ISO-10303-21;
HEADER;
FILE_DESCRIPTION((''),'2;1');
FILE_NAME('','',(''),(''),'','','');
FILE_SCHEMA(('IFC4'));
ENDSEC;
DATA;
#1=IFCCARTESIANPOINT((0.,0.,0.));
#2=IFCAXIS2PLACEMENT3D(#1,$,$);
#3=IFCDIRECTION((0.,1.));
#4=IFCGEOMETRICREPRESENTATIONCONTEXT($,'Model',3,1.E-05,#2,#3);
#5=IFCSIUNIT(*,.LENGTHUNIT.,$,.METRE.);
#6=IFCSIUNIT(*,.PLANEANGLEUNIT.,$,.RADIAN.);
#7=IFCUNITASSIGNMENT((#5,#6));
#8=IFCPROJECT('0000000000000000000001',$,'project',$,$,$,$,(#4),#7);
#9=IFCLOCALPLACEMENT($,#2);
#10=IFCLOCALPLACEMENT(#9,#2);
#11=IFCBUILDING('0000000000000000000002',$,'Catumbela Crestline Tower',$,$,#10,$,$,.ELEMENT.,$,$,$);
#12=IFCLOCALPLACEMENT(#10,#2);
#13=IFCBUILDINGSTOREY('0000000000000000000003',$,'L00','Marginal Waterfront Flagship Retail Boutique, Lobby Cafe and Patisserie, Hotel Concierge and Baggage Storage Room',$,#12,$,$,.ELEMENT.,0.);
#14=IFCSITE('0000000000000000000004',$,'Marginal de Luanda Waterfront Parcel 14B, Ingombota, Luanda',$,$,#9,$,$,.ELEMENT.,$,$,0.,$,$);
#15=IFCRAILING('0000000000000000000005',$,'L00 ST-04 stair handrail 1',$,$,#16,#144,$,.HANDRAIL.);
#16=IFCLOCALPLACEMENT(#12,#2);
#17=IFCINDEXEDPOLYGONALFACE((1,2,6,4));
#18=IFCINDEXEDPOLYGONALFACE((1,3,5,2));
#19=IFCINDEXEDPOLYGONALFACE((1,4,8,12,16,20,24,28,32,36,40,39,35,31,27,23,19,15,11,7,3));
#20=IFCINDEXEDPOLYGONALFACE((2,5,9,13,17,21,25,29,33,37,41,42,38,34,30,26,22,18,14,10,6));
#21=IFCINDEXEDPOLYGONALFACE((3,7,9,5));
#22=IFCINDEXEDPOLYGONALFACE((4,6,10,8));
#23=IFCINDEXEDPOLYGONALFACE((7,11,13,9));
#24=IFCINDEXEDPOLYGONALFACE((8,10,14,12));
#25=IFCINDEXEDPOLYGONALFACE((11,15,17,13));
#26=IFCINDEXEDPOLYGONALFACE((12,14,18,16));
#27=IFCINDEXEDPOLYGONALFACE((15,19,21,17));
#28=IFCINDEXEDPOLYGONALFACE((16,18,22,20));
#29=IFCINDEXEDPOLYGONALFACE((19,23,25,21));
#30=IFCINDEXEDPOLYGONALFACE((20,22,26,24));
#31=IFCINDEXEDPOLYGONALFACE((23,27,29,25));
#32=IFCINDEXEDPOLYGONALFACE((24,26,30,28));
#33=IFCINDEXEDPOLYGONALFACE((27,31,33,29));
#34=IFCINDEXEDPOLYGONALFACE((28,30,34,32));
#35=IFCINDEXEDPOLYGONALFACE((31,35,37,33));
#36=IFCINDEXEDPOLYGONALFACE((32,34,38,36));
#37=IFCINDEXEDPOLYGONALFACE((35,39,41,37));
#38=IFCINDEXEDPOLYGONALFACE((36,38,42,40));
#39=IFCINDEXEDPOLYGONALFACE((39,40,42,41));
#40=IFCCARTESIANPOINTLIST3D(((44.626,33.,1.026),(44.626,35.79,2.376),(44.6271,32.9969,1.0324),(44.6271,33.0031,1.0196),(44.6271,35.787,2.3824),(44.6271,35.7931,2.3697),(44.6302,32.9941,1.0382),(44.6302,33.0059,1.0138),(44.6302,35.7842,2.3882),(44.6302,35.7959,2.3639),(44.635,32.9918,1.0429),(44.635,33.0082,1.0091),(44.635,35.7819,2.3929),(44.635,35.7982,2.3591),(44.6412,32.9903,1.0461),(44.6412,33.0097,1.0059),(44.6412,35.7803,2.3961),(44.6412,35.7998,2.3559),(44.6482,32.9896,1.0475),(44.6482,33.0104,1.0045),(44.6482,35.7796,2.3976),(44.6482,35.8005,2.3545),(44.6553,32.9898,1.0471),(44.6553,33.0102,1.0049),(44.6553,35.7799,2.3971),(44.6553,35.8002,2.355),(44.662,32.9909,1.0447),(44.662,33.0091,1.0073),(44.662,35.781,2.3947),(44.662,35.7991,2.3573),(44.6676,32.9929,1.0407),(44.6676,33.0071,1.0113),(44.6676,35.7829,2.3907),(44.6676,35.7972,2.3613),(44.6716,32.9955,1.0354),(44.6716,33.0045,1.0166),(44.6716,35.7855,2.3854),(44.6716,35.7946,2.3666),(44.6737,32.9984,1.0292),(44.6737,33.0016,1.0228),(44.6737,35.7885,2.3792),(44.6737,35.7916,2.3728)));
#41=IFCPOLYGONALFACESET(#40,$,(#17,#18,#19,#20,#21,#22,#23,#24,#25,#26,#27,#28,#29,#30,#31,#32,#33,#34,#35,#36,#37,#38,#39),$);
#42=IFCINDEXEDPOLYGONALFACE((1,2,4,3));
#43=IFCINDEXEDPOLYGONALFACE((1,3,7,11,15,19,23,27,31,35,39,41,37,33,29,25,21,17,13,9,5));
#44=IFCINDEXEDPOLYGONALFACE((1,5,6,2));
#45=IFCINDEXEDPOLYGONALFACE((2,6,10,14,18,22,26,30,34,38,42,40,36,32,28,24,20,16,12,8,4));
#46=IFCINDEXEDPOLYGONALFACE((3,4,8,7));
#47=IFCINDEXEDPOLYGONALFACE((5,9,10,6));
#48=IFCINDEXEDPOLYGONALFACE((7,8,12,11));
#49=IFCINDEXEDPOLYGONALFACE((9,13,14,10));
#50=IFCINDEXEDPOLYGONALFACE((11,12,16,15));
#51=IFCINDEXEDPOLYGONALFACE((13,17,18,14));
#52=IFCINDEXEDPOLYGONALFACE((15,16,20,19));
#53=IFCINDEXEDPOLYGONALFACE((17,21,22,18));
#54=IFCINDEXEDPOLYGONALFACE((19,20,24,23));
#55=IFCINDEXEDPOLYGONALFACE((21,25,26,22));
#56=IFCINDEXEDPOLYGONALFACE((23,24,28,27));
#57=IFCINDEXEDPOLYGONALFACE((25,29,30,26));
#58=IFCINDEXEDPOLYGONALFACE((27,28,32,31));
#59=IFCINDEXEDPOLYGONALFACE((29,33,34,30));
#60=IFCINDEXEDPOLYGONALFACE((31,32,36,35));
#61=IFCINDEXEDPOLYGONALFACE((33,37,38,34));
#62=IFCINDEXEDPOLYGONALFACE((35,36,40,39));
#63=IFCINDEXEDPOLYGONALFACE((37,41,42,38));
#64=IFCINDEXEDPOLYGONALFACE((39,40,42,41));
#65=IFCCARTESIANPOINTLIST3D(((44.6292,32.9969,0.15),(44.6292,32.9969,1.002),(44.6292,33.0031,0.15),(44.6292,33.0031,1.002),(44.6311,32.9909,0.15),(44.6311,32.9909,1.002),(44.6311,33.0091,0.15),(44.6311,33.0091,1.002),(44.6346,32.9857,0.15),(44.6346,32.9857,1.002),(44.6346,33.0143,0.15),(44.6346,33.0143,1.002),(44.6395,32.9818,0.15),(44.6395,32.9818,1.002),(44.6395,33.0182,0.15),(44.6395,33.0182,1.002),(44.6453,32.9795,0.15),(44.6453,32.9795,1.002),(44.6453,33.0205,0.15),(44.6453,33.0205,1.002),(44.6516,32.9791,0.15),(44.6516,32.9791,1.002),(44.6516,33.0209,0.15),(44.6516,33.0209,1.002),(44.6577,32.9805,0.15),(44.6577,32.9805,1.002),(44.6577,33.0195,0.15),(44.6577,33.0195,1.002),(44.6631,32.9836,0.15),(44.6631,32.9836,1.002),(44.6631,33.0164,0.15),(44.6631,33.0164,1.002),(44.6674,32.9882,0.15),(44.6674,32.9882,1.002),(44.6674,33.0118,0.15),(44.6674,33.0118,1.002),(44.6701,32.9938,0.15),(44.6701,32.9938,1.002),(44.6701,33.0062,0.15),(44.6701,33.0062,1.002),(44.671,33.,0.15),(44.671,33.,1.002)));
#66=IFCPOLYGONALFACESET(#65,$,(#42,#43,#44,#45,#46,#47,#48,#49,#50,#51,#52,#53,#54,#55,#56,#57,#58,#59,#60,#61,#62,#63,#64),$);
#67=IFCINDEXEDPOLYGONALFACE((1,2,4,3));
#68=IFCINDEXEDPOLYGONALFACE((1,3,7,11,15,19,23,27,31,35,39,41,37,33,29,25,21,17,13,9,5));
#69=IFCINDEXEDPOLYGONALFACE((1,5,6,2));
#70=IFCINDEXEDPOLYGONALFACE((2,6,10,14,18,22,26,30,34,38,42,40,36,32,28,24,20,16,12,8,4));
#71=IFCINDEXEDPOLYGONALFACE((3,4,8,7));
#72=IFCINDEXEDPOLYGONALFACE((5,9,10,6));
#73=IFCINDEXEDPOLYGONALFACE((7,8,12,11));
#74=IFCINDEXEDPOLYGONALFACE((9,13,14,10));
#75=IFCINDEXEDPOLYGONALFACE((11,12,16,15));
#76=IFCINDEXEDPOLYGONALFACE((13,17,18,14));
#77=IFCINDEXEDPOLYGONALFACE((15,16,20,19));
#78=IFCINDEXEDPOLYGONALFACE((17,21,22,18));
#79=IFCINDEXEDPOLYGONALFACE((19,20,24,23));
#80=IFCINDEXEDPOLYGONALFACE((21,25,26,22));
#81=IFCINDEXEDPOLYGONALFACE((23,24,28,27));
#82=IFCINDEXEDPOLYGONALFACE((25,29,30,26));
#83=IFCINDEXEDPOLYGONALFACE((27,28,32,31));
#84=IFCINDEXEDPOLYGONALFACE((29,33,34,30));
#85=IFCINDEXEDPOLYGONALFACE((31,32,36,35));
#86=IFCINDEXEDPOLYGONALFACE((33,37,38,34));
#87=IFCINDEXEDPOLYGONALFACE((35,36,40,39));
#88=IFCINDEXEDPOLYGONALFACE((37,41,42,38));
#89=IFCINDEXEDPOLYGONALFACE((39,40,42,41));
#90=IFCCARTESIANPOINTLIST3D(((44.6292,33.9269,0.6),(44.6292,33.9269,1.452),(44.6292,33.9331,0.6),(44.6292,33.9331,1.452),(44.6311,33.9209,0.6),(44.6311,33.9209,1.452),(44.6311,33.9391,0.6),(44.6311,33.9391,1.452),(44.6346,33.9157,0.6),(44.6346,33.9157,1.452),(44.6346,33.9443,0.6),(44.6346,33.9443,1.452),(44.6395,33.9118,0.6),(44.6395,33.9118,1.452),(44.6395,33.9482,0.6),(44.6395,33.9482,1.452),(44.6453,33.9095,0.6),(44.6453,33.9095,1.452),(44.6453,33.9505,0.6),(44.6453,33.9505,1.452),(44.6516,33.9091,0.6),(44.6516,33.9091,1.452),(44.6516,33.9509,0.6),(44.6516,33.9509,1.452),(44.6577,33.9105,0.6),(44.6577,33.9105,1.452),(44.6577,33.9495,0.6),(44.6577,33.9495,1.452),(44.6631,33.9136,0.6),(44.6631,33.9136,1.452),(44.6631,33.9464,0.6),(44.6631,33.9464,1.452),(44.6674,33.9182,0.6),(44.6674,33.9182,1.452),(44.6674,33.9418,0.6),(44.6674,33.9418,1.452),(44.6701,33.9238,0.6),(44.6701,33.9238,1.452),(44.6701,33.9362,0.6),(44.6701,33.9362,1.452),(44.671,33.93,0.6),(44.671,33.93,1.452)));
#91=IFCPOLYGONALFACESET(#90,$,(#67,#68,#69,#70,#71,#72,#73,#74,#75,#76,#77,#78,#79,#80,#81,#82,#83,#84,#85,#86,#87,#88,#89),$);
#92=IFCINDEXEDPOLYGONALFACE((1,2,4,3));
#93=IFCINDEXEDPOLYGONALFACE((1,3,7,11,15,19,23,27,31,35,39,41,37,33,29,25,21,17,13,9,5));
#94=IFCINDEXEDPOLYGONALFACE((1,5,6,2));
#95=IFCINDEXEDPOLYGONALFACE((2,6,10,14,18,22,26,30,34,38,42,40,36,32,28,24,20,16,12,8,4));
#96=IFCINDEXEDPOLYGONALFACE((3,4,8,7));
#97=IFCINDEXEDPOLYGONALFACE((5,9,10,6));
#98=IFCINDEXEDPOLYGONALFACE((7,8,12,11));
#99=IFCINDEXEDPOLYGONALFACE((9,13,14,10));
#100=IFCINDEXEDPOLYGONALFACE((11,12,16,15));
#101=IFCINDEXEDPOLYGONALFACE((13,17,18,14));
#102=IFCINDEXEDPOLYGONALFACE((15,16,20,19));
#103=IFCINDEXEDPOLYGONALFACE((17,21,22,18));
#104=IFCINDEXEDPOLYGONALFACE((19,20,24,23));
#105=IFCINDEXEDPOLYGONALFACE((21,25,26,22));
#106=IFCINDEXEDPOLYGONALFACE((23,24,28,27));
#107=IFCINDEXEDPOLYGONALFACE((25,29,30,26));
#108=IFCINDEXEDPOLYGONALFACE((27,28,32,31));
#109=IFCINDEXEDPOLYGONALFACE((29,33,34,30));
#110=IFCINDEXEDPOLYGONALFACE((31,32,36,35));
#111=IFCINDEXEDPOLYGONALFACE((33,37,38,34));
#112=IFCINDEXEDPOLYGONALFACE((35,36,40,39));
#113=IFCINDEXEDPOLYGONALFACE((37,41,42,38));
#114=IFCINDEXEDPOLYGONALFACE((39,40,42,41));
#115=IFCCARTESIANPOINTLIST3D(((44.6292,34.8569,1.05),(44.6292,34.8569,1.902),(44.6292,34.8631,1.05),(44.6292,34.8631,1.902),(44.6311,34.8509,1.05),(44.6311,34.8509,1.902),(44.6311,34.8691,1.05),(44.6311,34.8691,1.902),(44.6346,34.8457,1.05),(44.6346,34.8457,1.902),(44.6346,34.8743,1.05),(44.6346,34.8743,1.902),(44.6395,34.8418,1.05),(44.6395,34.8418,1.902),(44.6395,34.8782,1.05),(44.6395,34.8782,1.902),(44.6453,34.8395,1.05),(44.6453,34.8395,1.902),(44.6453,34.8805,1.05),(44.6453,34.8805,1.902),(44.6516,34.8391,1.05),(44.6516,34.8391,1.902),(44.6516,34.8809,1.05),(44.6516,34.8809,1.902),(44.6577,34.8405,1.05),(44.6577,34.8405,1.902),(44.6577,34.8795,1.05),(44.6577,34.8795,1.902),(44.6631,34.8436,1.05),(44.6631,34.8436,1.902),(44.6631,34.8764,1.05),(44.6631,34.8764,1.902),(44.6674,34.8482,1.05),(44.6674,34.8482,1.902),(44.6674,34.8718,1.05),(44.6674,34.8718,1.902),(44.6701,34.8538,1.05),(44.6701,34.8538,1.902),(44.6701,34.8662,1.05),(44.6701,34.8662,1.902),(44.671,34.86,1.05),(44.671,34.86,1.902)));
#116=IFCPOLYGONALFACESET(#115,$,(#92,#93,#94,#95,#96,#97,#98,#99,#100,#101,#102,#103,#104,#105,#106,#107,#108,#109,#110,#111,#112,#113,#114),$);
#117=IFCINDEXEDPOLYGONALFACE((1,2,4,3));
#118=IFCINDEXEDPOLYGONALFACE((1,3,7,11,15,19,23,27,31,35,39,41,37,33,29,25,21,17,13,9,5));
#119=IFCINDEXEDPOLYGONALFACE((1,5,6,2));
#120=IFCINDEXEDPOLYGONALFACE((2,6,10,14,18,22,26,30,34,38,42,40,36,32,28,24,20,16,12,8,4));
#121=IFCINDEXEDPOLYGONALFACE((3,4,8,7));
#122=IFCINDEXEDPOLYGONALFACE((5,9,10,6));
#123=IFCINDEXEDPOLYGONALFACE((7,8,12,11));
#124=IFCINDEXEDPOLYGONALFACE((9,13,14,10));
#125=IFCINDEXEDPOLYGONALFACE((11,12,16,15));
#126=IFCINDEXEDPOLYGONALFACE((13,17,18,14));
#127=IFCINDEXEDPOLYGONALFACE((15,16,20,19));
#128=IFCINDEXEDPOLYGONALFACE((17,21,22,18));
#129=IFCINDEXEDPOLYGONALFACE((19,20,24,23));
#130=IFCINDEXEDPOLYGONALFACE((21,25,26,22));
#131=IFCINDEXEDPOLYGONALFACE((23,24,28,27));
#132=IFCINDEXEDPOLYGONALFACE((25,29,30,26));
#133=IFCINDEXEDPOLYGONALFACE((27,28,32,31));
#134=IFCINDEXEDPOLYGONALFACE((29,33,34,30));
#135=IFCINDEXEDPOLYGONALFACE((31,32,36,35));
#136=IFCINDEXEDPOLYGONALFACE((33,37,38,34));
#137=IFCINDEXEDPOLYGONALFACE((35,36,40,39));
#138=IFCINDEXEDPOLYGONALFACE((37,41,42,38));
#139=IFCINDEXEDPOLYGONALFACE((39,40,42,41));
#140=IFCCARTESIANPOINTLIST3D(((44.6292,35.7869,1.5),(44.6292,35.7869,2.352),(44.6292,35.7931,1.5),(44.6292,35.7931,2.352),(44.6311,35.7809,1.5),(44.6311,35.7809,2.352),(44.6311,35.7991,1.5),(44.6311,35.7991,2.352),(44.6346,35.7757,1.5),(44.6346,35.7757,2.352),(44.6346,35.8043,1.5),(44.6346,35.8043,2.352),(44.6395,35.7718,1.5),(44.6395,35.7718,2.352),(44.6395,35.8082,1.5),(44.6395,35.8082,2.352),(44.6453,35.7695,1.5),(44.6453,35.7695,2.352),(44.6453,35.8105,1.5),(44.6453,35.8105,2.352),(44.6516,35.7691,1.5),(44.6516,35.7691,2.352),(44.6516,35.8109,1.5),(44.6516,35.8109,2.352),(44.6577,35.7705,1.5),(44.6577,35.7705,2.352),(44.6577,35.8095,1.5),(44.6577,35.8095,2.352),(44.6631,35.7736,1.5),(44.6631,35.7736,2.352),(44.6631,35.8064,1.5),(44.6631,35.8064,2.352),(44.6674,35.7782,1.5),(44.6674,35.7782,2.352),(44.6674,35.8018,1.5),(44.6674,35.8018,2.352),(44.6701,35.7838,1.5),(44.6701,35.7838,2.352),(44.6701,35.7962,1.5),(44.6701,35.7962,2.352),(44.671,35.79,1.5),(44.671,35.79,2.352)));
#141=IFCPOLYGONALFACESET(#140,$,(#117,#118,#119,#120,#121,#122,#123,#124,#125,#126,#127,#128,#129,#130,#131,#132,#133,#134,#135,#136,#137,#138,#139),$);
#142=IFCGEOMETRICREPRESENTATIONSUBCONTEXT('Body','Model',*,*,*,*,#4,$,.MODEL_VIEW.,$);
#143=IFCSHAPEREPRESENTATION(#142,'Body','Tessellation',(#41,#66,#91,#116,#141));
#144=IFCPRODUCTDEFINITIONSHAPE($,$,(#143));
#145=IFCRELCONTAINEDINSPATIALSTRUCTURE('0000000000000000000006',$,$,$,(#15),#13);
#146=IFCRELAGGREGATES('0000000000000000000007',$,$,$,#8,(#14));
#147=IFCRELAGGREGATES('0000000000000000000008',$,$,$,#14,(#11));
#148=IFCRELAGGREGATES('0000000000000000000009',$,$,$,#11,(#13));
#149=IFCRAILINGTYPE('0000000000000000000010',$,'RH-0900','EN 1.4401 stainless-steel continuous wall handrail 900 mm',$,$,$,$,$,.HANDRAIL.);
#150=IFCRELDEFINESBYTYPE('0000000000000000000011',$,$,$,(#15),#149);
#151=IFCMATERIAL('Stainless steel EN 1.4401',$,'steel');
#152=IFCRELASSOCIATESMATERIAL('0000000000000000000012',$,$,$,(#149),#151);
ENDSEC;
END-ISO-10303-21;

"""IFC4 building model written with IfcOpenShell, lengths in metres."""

from ifc_helpers import new_model, si_unit, direction, frame, origin, origin_2d, place, context, subcontext, project, spatial, circle, extrude, material, type_object, element, save


model = new_model("IFC4")

# Units and contexts
model_context = context("Model", 3, precision=1e-05, world=origin(), true_north=direction((0.0, 1.0)))
body_context = subcontext(model_context, "Body", "Model", "MODEL_VIEW")
ifc_project = project(units=[si_unit("LENGTHUNIT", "METRE"), si_unit("PLANEANGLEUNIT", "RADIAN")], contexts=[model_context])

# Site, building, storey
site_placement = place(None, origin())
site = spatial("IfcSite", under=ifc_project, at=site_placement, Name="Marginal de Luanda Waterfront Parcel 14B, Ingombota, Luanda", CompositionType="ELEMENT", RefElevation=0.0)
building_placement = place(site_placement, origin())
building = spatial("IfcBuilding", under=site, at=building_placement, Name="Catumbela Crestline Tower", CompositionType="ELEMENT")
storey_placement = place(building_placement, origin())
storey = spatial("IfcBuildingStorey", under=building, at=storey_placement, Name="L00", Description="Marginal Waterfront Flagship Retail Boutique, Lobby Cafe and Patisserie, Hotel Concierge and Baggage Storage Room", CompositionType="ELEMENT", Elevation=0.0)

# Shared definitions
ifc_material_1 = material(Name="Stainless steel EN 1.4401", Category="steel")

# Railing
railing_type_1 = type_object("IfcRailingType", Name="RH-0900", Description="EN 1.4401 stainless-steel continuous wall handrail 900 mm", PredefinedType="HANDRAIL", material=ifc_material_1)
railing_1_placement = place(storey_placement, frame((44.65, 33.0, 0.15)))
element("IfcRailing", 1, at=railing_1_placement, inside=storey, type_object=railing_type_1, Name="L00 ST-04 stair handrail 1", PredefinedType="HANDRAIL", context=body_context, shape_type="SweptSolid", body=[
    extrude(circle(Radius=0.024, at=origin_2d()), frame((0.0, 0.0, 0.876), z_axis=(0.0, 0.900159, 0.435561), x_axis=(-1.0, 0.0, 0.0)), (0.0, 0.0, 1.0), 3.0995),
    extrude(circle(Radius=0.021, at=origin_2d()), origin(), (0.0, 0.0, 1.0), 0.852),
    extrude(circle(Radius=0.021, at=origin_2d()), frame((0.0, 0.93, 0.45)), (0.0, 0.0, 1.0), 0.852),
    extrude(circle(Radius=0.021, at=origin_2d()), frame((0.0, 1.86, 0.9)), (0.0, 0.0, 1.0), 0.852),
    extrude(circle(Radius=0.021, at=origin_2d()), frame((0.0, 2.79, 1.35)), (0.0, 0.0, 1.0), 0.852),
])

save(model, "model.ifc")
